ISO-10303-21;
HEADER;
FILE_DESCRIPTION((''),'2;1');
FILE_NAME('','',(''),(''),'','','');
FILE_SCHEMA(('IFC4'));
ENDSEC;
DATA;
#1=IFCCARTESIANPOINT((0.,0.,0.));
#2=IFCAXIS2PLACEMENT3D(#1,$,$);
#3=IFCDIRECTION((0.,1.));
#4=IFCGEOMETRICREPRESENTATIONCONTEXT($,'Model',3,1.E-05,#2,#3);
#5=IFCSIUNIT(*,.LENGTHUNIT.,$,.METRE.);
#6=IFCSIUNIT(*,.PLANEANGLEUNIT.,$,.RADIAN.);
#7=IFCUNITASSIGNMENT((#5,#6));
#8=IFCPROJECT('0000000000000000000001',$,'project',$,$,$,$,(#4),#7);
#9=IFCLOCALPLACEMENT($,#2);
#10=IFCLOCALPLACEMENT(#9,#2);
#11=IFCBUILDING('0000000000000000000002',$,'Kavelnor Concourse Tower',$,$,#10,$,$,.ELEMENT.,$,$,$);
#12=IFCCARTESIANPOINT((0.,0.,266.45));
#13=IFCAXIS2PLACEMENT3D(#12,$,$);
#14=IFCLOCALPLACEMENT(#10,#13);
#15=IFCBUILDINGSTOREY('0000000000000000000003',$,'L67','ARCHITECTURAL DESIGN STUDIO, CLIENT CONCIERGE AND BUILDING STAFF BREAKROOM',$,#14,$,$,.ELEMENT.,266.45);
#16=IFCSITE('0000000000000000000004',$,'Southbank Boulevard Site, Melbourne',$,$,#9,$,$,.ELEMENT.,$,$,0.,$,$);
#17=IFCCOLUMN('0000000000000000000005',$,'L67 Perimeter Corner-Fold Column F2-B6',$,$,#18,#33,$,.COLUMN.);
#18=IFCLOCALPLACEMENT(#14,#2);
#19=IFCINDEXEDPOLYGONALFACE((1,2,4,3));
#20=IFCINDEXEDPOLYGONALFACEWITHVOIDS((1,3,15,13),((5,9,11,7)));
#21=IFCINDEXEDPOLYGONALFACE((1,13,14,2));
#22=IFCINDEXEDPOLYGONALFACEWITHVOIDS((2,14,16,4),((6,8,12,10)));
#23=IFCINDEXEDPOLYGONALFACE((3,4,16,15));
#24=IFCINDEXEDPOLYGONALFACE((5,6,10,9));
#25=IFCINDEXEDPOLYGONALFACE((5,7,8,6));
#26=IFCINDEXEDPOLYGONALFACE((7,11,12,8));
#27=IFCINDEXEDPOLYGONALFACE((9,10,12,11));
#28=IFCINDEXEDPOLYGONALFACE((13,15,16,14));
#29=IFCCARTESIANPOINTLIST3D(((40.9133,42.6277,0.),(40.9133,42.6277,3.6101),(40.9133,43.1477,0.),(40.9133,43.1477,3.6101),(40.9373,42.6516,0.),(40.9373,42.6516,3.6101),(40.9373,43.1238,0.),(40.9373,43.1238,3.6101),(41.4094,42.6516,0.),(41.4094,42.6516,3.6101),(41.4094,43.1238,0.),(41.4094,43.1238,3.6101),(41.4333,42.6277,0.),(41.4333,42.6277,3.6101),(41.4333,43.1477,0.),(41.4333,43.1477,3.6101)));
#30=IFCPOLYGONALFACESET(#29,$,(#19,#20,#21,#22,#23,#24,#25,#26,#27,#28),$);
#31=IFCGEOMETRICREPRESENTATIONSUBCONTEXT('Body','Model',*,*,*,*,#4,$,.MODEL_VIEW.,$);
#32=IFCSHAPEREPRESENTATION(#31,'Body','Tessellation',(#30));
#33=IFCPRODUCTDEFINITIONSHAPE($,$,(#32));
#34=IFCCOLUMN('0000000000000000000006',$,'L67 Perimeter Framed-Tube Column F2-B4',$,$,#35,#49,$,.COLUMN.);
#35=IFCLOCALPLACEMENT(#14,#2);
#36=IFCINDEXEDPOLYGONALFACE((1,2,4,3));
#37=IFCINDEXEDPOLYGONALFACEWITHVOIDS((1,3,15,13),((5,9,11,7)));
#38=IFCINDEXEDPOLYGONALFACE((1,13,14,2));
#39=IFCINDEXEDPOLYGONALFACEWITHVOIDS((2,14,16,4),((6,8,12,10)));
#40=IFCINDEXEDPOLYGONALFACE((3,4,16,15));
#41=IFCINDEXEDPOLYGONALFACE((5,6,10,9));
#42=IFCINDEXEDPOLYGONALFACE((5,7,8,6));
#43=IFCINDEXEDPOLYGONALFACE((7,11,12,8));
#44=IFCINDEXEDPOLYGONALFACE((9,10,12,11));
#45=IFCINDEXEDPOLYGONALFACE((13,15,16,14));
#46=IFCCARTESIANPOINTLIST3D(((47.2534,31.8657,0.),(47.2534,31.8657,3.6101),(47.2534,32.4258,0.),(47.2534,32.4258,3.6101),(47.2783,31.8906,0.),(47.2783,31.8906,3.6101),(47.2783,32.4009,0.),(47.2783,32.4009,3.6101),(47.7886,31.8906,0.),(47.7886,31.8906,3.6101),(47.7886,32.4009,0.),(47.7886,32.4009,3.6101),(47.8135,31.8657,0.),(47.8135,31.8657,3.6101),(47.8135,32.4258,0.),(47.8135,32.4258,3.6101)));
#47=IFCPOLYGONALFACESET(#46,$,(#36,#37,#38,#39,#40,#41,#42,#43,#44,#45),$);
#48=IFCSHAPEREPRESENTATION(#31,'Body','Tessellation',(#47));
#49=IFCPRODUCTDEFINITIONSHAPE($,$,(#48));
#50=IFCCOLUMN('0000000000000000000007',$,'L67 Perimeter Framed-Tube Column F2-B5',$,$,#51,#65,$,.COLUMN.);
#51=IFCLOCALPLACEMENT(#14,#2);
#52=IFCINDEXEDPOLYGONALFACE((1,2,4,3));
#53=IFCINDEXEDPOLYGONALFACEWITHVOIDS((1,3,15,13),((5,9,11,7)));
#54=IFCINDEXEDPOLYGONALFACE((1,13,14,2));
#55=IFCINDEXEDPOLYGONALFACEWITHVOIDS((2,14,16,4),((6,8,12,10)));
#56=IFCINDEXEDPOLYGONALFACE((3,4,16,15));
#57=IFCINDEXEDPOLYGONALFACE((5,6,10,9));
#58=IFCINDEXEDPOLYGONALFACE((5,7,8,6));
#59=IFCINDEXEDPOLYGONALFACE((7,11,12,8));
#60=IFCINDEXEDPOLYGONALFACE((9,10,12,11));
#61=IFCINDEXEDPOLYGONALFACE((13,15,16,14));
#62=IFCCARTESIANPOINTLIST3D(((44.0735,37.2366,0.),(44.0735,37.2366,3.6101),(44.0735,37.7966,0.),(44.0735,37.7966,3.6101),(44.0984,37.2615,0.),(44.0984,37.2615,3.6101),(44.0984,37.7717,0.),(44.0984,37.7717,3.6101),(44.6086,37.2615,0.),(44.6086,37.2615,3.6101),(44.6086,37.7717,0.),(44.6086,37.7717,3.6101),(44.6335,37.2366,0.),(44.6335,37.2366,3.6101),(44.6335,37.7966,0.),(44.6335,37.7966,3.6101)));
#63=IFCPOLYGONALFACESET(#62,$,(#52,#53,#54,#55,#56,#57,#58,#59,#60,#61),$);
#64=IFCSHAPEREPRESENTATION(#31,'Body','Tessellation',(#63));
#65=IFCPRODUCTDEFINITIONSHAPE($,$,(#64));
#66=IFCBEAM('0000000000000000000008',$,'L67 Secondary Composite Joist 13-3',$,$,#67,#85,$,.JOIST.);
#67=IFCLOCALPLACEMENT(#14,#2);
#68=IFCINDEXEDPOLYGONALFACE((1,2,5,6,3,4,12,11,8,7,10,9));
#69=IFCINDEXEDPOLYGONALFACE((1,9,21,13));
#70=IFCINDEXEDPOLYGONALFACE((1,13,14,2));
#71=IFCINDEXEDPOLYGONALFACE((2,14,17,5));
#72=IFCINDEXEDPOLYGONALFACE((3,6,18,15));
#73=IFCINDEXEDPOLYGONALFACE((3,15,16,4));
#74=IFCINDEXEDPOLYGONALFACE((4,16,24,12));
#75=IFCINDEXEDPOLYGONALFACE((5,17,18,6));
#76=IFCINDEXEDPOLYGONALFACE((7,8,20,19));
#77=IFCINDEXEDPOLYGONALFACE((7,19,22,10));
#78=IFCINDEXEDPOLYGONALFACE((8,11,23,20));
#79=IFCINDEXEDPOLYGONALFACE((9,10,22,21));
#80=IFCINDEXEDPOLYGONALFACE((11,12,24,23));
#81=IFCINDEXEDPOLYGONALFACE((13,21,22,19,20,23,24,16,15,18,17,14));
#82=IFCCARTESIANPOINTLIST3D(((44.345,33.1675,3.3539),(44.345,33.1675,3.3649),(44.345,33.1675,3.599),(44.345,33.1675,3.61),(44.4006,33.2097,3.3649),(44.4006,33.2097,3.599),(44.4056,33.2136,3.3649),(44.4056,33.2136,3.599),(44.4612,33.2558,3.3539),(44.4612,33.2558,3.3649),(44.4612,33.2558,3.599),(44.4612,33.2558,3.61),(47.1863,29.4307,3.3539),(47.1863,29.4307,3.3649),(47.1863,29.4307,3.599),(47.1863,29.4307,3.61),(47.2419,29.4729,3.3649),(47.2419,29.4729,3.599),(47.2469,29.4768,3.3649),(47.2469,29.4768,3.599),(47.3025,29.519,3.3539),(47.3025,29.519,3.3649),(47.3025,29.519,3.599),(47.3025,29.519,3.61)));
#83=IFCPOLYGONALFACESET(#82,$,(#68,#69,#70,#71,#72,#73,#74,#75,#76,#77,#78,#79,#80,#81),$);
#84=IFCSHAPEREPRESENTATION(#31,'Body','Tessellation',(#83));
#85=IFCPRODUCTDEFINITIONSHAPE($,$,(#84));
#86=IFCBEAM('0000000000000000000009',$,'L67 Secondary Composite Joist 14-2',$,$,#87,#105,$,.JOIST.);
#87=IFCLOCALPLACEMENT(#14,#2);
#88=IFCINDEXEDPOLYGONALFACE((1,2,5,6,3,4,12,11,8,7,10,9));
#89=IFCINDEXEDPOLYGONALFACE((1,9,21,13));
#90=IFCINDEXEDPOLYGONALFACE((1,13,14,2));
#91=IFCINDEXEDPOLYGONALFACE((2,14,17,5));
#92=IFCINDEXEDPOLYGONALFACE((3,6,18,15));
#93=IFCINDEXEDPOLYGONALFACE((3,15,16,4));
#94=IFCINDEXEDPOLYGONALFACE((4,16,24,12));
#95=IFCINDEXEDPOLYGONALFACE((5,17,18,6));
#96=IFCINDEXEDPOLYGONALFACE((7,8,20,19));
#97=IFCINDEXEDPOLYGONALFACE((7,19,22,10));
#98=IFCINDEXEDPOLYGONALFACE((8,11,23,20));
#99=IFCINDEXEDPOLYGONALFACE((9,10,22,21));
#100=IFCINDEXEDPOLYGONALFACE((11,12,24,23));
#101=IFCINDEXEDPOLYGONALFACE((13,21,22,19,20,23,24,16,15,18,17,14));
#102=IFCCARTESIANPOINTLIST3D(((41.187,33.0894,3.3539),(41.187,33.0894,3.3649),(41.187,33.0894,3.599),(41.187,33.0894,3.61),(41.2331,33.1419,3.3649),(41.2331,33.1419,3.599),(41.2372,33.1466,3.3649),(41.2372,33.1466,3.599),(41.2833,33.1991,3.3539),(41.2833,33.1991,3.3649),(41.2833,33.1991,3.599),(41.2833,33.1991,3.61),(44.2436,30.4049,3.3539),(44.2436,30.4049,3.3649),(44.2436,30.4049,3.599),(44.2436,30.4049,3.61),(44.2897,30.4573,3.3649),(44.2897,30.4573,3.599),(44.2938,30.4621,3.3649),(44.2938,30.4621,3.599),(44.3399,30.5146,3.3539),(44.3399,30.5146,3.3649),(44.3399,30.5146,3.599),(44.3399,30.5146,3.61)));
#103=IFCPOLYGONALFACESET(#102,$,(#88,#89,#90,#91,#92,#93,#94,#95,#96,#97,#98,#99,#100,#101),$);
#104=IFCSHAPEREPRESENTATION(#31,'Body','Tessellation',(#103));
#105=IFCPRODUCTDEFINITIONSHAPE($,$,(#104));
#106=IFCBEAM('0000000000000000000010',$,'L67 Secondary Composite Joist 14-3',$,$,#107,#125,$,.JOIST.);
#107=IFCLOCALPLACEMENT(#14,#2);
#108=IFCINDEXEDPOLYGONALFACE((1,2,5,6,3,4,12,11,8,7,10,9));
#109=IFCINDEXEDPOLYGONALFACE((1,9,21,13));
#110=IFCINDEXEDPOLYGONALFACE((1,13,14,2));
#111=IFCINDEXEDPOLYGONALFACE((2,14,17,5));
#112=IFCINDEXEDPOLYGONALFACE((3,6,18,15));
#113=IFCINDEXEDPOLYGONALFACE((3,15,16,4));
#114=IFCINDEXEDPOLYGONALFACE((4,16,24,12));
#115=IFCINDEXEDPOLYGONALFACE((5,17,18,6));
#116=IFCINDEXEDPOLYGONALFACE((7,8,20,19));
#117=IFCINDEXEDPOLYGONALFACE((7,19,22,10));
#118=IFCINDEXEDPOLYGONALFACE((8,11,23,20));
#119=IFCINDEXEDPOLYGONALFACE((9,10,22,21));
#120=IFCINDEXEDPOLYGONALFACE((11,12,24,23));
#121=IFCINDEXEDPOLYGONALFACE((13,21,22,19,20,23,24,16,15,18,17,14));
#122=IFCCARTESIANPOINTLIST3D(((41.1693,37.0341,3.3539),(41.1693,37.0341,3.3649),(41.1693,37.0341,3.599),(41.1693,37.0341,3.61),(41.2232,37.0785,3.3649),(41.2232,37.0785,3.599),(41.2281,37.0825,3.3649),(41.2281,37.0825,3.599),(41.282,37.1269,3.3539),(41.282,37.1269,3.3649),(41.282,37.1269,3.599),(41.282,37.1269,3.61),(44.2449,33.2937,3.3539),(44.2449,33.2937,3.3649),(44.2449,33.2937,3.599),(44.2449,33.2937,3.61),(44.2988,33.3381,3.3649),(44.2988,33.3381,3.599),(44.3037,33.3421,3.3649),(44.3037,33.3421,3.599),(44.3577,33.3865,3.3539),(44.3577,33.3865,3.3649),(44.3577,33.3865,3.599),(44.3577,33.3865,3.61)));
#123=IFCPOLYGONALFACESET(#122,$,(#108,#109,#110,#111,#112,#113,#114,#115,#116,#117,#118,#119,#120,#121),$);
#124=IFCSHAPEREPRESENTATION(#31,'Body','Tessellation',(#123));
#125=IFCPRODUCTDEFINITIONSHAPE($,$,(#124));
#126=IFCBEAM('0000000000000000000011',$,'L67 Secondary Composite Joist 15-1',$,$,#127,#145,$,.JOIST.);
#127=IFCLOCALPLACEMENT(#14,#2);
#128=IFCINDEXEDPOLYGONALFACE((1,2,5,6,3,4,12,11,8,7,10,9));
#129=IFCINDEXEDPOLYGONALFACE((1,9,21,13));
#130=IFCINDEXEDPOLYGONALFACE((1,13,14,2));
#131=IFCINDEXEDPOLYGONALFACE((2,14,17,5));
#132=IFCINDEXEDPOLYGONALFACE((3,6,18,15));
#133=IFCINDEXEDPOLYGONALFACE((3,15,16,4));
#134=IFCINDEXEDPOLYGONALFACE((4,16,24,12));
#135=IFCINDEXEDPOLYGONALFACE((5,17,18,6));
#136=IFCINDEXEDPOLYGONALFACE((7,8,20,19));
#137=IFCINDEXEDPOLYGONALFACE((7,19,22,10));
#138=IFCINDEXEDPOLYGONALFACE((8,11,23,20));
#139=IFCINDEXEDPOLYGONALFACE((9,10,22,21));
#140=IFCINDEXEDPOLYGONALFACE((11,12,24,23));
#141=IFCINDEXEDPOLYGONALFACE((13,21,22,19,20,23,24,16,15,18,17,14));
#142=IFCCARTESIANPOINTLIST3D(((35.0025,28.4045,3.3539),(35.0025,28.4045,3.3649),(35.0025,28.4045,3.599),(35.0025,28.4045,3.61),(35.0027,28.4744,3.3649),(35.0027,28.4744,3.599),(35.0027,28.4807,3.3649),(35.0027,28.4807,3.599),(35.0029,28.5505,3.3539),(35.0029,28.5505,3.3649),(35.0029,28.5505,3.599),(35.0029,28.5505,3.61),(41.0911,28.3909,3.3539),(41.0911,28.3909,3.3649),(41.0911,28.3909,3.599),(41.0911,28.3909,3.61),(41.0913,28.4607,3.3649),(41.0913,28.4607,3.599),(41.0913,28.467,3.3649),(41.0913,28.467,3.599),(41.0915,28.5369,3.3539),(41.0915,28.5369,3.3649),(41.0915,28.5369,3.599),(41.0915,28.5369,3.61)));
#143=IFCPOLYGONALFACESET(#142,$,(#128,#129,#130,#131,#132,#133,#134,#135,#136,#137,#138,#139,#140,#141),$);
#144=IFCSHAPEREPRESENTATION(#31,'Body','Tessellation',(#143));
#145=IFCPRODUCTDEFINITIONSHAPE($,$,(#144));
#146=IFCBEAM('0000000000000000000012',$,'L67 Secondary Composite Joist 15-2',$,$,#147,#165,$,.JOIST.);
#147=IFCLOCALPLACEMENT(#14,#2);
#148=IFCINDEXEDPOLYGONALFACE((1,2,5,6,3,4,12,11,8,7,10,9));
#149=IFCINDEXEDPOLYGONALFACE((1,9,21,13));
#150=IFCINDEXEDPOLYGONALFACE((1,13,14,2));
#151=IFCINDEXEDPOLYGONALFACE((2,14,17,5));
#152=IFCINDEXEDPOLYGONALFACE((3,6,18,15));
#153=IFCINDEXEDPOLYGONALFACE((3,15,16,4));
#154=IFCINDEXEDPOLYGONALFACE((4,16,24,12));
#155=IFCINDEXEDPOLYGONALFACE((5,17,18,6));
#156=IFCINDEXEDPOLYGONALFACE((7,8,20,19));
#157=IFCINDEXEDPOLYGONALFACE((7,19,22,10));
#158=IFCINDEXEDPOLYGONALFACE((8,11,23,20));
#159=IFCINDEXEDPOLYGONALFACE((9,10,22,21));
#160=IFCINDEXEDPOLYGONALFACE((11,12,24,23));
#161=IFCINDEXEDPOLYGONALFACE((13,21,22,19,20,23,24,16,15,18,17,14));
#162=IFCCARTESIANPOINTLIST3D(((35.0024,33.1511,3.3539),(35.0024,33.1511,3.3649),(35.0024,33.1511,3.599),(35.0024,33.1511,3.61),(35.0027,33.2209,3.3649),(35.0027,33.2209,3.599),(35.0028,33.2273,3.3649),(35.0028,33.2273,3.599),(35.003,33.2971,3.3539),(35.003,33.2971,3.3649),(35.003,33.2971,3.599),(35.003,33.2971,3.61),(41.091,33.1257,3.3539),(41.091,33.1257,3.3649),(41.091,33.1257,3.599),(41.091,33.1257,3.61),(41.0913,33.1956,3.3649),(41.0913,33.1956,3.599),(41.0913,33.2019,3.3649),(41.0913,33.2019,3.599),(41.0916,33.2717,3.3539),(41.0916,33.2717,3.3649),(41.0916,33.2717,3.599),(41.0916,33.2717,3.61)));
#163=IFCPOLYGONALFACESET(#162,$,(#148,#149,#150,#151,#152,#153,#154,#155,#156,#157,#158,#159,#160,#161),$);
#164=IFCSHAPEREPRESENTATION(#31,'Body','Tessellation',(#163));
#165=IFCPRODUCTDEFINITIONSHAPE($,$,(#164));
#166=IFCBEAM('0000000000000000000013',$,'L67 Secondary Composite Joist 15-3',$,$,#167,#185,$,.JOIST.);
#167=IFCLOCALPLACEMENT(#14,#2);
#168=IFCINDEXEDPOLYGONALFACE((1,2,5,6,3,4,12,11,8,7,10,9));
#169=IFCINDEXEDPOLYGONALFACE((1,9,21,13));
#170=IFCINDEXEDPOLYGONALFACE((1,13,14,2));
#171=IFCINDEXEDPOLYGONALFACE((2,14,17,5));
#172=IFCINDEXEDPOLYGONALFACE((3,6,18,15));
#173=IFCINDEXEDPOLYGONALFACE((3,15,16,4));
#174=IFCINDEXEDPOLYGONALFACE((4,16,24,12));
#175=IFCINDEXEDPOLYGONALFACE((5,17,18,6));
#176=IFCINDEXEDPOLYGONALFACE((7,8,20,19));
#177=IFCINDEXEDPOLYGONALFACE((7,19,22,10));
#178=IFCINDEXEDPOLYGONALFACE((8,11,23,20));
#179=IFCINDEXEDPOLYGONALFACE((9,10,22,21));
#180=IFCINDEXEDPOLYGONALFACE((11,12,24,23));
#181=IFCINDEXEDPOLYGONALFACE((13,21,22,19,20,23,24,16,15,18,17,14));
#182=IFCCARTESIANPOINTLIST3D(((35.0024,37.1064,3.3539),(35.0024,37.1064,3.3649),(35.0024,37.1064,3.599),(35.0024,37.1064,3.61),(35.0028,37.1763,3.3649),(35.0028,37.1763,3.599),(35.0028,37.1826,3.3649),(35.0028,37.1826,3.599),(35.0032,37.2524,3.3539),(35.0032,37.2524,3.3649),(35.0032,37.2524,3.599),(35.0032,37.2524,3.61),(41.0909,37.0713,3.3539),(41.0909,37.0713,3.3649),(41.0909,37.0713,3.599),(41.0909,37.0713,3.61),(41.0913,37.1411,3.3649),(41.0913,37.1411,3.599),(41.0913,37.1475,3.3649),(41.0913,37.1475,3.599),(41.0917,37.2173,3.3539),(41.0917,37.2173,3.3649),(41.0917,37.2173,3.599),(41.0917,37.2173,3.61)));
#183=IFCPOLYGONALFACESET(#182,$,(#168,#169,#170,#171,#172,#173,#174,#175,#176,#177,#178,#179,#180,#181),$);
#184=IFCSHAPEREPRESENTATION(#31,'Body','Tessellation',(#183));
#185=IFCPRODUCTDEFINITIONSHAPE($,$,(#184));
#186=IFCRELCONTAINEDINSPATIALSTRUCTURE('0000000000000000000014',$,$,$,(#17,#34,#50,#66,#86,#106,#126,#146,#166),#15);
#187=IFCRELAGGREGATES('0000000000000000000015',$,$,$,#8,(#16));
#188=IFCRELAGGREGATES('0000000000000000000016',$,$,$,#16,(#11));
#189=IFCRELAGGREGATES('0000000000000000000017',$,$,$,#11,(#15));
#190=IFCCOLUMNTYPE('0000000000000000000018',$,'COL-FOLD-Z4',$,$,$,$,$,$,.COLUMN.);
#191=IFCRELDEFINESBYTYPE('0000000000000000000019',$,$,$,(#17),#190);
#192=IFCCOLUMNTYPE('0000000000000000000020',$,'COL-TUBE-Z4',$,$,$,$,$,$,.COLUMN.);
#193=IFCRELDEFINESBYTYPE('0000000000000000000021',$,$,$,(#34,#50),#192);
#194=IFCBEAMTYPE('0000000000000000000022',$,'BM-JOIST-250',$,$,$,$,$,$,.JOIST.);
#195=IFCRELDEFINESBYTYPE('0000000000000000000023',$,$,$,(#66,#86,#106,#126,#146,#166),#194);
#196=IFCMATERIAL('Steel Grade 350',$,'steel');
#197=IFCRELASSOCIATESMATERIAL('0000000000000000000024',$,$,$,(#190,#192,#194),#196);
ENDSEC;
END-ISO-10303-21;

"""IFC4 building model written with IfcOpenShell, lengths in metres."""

from ifc_helpers import new_model, si_unit, direction, frame, origin, origin_2d, place, context, subcontext, project, spatial, hollow_rectangle, i_section, extrude, material, material_profile, profile_set, type_object, element, save


model = new_model("IFC4")

# Units and contexts
model_context = context("Model", 3, precision=1e-05, world=origin(), true_north=direction((0.0, 1.0)))
body_context = subcontext(model_context, "Body", "Model", "MODEL_VIEW")
ifc_project = project(units=[si_unit("LENGTHUNIT", "METRE"), si_unit("PLANEANGLEUNIT", "RADIAN")], contexts=[model_context])

# Site, building, storey
site_placement = place(None, origin())
site = spatial("IfcSite", under=ifc_project, at=site_placement, Name="Southbank Boulevard Site, Melbourne", CompositionType="ELEMENT", RefElevation=0.0)
building_placement = place(site_placement, origin())
building = spatial("IfcBuilding", under=site, at=building_placement, Name="Kavelnor Concourse Tower", CompositionType="ELEMENT")
storey_placement = place(building_placement, frame((0.0, 0.0, 266.45)))
storey = spatial("IfcBuildingStorey", under=building, at=storey_placement, Name="L67", Description="ARCHITECTURAL DESIGN STUDIO, CLIENT CONCIERGE AND BUILDING STAFF BREAKROOM", CompositionType="ELEMENT", Elevation=266.45)

# Columns
ifc_material_1 = material(Name="Steel Grade 350", Category="steel")
ifc_material_profile_1 = material_profile(ifc_material_1, hollow_rectangle(XDim=0.52, YDim=0.52, WallThickness=0.0239, at=origin_2d()), Name="SHS 520x520x24")
ifc_profile_set_1 = profile_set([ifc_material_profile_1], Name="Steel Grade 350")
column_type_1 = type_object("IfcColumnType", Name="COL-FOLD-Z4", PredefinedType="COLUMN", material=ifc_profile_set_1)
column_placement = place(storey_placement, frame((41.1733, 42.8877, 0.0), z_axis=(0.0, 0.0, 1.0), x_axis=(1.0, 0.0, 0.0)))
element("IfcColumn", 1, at=column_placement, inside=storey, type_object=column_type_1, Name="L67 Perimeter Corner-Fold Column F2-B6", PredefinedType="COLUMN", context=body_context, shape_type="SweptSolid", body=[
    extrude(hollow_rectangle(XDim=0.52, YDim=0.52, WallThickness=0.0239, at=origin_2d()), origin(), (0.0, 0.0, 1.0), 3.6101),
])
ifc_material_profile_2 = material_profile(ifc_material_1, hollow_rectangle(XDim=0.5601, YDim=0.5601, WallThickness=0.0249, at=origin_2d()), Name="SHS 560x560x25")
ifc_profile_set_2 = profile_set([ifc_material_profile_2], Name="Steel Grade 350")
column_type_2 = type_object("IfcColumnType", Name="COL-TUBE-Z4", PredefinedType="COLUMN", material=ifc_profile_set_2)
for number, where, z_axis, x_axis, name in (
    (2, (47.5334, 32.1458, 0.0), (0.0, 0.0, 1.0), (1.0, 0.0, 0.0), "L67 Perimeter Framed-Tube Column F2-B4"),
    (3, (44.3535, 37.5166, 0.0), (0.0, 0.0, 1.0), (1.0, 0.0, 0.0), "L67 Perimeter Framed-Tube Column F2-B5"),
):
    element("IfcColumn", number, at=place(storey_placement, frame(where, z_axis=z_axis, x_axis=x_axis)), inside=storey, type_object=column_type_2, Name=name, PredefinedType="COLUMN", context=body_context, shape_type="SweptSolid", body=[
        extrude(hollow_rectangle(XDim=0.5601, YDim=0.5601, WallThickness=0.0249, at=origin_2d()), origin(), (0.0, 0.0, 1.0), 3.6101),
    ])

# Beams
ifc_material_profile_3 = material_profile(ifc_material_1, i_section(OverallWidth=0.146, OverallDepth=0.2561, WebThickness=0.0063, FlangeThickness=0.011, at=origin_2d()), Name="250UB37")
ifc_profile_set_3 = profile_set([ifc_material_profile_3], Name="Steel Grade 350")
beam_type_1 = type_object("IfcBeamType", Name="BM-JOIST-250", PredefinedType="JOIST", material=ifc_profile_set_3)
beam_1_placement = place(storey_placement, frame((47.2444, 29.4749, 3.4819), z_axis=(-0.605263, 0.796026, 0.0), x_axis=(-0.796026, -0.605263, 0.0)))
element("IfcBeam", 4, at=beam_1_placement, inside=storey, type_object=beam_type_1, Name="L67 Secondary Composite Joist 13-3", PredefinedType="JOIST", context=body_context, shape_type="SweptSolid", body=[
    extrude(i_section(OverallWidth=0.146, OverallDepth=0.2561, WebThickness=0.0063, FlangeThickness=0.011, at=origin_2d()), origin(), (0.0, 0.0, 1.0), 4.6943),
])
beam_2_placement = place(storey_placement, frame((44.2917, 30.4597, 3.4819), z_axis=(-0.751356, 0.659897, 0.0), x_axis=(-0.659897, -0.751356, 0.0)))
element("IfcBeam", 5, at=beam_2_placement, inside=storey, type_object=beam_type_1, Name="L67 Secondary Composite Joist 14-2", PredefinedType="JOIST", context=body_context, shape_type="SweptSolid", body=[
    extrude(i_section(OverallWidth=0.146, OverallDepth=0.2561, WebThickness=0.0063, FlangeThickness=0.011, at=origin_2d()), origin(), (0.0, 0.0, 1.0), 4.0681),
])
beam_3_placement = place(storey_placement, frame((44.3013, 33.3401, 3.4819), z_axis=(-0.635127, 0.772407, 0.0), x_axis=(-0.772407, -0.635127, 0.0)))
element("IfcBeam", 6, at=beam_3_placement, inside=storey, type_object=beam_type_1, Name="L67 Secondary Composite Joist 14-3", PredefinedType="JOIST", context=body_context, shape_type="SweptSolid", body=[
    extrude(i_section(OverallWidth=0.146, OverallDepth=0.2561, WebThickness=0.0063, FlangeThickness=0.011, at=origin_2d()), origin(), (0.0, 0.0, 1.0), 4.8425),
])
for number, where, z_axis, x_axis, name in (
    (7, (41.0913, 28.4639, 3.4819), (-0.999997, 0.002245, 0.0), (-0.002245, -0.999997, 0.0), "L67 Secondary Composite Joist 15-1"),
    (8, (41.0913, 33.1987, 3.4819), (-0.999991, 0.00417, 0.0), (-0.00417, -0.999991, 0.0), "L67 Secondary Composite Joist 15-2"),
    (9, (41.0913, 37.1443, 3.4819), (-0.999983, 0.005774, 0.0), (-0.005774, -0.999983, 0.0), "L67 Secondary Composite Joist 15-3"),
):
    element("IfcBeam", number, at=place(storey_placement, frame(where, z_axis=z_axis, x_axis=x_axis)), inside=storey, type_object=beam_type_1, Name=name, PredefinedType="JOIST", context=body_context, shape_type="SweptSolid", body=[
        extrude(i_section(OverallWidth=0.146, OverallDepth=0.2561, WebThickness=0.0063, FlangeThickness=0.011, at=origin_2d()), origin(), (0.0, 0.0, 1.0), 6.0886),
    ])

save(model, "model.ifc")
